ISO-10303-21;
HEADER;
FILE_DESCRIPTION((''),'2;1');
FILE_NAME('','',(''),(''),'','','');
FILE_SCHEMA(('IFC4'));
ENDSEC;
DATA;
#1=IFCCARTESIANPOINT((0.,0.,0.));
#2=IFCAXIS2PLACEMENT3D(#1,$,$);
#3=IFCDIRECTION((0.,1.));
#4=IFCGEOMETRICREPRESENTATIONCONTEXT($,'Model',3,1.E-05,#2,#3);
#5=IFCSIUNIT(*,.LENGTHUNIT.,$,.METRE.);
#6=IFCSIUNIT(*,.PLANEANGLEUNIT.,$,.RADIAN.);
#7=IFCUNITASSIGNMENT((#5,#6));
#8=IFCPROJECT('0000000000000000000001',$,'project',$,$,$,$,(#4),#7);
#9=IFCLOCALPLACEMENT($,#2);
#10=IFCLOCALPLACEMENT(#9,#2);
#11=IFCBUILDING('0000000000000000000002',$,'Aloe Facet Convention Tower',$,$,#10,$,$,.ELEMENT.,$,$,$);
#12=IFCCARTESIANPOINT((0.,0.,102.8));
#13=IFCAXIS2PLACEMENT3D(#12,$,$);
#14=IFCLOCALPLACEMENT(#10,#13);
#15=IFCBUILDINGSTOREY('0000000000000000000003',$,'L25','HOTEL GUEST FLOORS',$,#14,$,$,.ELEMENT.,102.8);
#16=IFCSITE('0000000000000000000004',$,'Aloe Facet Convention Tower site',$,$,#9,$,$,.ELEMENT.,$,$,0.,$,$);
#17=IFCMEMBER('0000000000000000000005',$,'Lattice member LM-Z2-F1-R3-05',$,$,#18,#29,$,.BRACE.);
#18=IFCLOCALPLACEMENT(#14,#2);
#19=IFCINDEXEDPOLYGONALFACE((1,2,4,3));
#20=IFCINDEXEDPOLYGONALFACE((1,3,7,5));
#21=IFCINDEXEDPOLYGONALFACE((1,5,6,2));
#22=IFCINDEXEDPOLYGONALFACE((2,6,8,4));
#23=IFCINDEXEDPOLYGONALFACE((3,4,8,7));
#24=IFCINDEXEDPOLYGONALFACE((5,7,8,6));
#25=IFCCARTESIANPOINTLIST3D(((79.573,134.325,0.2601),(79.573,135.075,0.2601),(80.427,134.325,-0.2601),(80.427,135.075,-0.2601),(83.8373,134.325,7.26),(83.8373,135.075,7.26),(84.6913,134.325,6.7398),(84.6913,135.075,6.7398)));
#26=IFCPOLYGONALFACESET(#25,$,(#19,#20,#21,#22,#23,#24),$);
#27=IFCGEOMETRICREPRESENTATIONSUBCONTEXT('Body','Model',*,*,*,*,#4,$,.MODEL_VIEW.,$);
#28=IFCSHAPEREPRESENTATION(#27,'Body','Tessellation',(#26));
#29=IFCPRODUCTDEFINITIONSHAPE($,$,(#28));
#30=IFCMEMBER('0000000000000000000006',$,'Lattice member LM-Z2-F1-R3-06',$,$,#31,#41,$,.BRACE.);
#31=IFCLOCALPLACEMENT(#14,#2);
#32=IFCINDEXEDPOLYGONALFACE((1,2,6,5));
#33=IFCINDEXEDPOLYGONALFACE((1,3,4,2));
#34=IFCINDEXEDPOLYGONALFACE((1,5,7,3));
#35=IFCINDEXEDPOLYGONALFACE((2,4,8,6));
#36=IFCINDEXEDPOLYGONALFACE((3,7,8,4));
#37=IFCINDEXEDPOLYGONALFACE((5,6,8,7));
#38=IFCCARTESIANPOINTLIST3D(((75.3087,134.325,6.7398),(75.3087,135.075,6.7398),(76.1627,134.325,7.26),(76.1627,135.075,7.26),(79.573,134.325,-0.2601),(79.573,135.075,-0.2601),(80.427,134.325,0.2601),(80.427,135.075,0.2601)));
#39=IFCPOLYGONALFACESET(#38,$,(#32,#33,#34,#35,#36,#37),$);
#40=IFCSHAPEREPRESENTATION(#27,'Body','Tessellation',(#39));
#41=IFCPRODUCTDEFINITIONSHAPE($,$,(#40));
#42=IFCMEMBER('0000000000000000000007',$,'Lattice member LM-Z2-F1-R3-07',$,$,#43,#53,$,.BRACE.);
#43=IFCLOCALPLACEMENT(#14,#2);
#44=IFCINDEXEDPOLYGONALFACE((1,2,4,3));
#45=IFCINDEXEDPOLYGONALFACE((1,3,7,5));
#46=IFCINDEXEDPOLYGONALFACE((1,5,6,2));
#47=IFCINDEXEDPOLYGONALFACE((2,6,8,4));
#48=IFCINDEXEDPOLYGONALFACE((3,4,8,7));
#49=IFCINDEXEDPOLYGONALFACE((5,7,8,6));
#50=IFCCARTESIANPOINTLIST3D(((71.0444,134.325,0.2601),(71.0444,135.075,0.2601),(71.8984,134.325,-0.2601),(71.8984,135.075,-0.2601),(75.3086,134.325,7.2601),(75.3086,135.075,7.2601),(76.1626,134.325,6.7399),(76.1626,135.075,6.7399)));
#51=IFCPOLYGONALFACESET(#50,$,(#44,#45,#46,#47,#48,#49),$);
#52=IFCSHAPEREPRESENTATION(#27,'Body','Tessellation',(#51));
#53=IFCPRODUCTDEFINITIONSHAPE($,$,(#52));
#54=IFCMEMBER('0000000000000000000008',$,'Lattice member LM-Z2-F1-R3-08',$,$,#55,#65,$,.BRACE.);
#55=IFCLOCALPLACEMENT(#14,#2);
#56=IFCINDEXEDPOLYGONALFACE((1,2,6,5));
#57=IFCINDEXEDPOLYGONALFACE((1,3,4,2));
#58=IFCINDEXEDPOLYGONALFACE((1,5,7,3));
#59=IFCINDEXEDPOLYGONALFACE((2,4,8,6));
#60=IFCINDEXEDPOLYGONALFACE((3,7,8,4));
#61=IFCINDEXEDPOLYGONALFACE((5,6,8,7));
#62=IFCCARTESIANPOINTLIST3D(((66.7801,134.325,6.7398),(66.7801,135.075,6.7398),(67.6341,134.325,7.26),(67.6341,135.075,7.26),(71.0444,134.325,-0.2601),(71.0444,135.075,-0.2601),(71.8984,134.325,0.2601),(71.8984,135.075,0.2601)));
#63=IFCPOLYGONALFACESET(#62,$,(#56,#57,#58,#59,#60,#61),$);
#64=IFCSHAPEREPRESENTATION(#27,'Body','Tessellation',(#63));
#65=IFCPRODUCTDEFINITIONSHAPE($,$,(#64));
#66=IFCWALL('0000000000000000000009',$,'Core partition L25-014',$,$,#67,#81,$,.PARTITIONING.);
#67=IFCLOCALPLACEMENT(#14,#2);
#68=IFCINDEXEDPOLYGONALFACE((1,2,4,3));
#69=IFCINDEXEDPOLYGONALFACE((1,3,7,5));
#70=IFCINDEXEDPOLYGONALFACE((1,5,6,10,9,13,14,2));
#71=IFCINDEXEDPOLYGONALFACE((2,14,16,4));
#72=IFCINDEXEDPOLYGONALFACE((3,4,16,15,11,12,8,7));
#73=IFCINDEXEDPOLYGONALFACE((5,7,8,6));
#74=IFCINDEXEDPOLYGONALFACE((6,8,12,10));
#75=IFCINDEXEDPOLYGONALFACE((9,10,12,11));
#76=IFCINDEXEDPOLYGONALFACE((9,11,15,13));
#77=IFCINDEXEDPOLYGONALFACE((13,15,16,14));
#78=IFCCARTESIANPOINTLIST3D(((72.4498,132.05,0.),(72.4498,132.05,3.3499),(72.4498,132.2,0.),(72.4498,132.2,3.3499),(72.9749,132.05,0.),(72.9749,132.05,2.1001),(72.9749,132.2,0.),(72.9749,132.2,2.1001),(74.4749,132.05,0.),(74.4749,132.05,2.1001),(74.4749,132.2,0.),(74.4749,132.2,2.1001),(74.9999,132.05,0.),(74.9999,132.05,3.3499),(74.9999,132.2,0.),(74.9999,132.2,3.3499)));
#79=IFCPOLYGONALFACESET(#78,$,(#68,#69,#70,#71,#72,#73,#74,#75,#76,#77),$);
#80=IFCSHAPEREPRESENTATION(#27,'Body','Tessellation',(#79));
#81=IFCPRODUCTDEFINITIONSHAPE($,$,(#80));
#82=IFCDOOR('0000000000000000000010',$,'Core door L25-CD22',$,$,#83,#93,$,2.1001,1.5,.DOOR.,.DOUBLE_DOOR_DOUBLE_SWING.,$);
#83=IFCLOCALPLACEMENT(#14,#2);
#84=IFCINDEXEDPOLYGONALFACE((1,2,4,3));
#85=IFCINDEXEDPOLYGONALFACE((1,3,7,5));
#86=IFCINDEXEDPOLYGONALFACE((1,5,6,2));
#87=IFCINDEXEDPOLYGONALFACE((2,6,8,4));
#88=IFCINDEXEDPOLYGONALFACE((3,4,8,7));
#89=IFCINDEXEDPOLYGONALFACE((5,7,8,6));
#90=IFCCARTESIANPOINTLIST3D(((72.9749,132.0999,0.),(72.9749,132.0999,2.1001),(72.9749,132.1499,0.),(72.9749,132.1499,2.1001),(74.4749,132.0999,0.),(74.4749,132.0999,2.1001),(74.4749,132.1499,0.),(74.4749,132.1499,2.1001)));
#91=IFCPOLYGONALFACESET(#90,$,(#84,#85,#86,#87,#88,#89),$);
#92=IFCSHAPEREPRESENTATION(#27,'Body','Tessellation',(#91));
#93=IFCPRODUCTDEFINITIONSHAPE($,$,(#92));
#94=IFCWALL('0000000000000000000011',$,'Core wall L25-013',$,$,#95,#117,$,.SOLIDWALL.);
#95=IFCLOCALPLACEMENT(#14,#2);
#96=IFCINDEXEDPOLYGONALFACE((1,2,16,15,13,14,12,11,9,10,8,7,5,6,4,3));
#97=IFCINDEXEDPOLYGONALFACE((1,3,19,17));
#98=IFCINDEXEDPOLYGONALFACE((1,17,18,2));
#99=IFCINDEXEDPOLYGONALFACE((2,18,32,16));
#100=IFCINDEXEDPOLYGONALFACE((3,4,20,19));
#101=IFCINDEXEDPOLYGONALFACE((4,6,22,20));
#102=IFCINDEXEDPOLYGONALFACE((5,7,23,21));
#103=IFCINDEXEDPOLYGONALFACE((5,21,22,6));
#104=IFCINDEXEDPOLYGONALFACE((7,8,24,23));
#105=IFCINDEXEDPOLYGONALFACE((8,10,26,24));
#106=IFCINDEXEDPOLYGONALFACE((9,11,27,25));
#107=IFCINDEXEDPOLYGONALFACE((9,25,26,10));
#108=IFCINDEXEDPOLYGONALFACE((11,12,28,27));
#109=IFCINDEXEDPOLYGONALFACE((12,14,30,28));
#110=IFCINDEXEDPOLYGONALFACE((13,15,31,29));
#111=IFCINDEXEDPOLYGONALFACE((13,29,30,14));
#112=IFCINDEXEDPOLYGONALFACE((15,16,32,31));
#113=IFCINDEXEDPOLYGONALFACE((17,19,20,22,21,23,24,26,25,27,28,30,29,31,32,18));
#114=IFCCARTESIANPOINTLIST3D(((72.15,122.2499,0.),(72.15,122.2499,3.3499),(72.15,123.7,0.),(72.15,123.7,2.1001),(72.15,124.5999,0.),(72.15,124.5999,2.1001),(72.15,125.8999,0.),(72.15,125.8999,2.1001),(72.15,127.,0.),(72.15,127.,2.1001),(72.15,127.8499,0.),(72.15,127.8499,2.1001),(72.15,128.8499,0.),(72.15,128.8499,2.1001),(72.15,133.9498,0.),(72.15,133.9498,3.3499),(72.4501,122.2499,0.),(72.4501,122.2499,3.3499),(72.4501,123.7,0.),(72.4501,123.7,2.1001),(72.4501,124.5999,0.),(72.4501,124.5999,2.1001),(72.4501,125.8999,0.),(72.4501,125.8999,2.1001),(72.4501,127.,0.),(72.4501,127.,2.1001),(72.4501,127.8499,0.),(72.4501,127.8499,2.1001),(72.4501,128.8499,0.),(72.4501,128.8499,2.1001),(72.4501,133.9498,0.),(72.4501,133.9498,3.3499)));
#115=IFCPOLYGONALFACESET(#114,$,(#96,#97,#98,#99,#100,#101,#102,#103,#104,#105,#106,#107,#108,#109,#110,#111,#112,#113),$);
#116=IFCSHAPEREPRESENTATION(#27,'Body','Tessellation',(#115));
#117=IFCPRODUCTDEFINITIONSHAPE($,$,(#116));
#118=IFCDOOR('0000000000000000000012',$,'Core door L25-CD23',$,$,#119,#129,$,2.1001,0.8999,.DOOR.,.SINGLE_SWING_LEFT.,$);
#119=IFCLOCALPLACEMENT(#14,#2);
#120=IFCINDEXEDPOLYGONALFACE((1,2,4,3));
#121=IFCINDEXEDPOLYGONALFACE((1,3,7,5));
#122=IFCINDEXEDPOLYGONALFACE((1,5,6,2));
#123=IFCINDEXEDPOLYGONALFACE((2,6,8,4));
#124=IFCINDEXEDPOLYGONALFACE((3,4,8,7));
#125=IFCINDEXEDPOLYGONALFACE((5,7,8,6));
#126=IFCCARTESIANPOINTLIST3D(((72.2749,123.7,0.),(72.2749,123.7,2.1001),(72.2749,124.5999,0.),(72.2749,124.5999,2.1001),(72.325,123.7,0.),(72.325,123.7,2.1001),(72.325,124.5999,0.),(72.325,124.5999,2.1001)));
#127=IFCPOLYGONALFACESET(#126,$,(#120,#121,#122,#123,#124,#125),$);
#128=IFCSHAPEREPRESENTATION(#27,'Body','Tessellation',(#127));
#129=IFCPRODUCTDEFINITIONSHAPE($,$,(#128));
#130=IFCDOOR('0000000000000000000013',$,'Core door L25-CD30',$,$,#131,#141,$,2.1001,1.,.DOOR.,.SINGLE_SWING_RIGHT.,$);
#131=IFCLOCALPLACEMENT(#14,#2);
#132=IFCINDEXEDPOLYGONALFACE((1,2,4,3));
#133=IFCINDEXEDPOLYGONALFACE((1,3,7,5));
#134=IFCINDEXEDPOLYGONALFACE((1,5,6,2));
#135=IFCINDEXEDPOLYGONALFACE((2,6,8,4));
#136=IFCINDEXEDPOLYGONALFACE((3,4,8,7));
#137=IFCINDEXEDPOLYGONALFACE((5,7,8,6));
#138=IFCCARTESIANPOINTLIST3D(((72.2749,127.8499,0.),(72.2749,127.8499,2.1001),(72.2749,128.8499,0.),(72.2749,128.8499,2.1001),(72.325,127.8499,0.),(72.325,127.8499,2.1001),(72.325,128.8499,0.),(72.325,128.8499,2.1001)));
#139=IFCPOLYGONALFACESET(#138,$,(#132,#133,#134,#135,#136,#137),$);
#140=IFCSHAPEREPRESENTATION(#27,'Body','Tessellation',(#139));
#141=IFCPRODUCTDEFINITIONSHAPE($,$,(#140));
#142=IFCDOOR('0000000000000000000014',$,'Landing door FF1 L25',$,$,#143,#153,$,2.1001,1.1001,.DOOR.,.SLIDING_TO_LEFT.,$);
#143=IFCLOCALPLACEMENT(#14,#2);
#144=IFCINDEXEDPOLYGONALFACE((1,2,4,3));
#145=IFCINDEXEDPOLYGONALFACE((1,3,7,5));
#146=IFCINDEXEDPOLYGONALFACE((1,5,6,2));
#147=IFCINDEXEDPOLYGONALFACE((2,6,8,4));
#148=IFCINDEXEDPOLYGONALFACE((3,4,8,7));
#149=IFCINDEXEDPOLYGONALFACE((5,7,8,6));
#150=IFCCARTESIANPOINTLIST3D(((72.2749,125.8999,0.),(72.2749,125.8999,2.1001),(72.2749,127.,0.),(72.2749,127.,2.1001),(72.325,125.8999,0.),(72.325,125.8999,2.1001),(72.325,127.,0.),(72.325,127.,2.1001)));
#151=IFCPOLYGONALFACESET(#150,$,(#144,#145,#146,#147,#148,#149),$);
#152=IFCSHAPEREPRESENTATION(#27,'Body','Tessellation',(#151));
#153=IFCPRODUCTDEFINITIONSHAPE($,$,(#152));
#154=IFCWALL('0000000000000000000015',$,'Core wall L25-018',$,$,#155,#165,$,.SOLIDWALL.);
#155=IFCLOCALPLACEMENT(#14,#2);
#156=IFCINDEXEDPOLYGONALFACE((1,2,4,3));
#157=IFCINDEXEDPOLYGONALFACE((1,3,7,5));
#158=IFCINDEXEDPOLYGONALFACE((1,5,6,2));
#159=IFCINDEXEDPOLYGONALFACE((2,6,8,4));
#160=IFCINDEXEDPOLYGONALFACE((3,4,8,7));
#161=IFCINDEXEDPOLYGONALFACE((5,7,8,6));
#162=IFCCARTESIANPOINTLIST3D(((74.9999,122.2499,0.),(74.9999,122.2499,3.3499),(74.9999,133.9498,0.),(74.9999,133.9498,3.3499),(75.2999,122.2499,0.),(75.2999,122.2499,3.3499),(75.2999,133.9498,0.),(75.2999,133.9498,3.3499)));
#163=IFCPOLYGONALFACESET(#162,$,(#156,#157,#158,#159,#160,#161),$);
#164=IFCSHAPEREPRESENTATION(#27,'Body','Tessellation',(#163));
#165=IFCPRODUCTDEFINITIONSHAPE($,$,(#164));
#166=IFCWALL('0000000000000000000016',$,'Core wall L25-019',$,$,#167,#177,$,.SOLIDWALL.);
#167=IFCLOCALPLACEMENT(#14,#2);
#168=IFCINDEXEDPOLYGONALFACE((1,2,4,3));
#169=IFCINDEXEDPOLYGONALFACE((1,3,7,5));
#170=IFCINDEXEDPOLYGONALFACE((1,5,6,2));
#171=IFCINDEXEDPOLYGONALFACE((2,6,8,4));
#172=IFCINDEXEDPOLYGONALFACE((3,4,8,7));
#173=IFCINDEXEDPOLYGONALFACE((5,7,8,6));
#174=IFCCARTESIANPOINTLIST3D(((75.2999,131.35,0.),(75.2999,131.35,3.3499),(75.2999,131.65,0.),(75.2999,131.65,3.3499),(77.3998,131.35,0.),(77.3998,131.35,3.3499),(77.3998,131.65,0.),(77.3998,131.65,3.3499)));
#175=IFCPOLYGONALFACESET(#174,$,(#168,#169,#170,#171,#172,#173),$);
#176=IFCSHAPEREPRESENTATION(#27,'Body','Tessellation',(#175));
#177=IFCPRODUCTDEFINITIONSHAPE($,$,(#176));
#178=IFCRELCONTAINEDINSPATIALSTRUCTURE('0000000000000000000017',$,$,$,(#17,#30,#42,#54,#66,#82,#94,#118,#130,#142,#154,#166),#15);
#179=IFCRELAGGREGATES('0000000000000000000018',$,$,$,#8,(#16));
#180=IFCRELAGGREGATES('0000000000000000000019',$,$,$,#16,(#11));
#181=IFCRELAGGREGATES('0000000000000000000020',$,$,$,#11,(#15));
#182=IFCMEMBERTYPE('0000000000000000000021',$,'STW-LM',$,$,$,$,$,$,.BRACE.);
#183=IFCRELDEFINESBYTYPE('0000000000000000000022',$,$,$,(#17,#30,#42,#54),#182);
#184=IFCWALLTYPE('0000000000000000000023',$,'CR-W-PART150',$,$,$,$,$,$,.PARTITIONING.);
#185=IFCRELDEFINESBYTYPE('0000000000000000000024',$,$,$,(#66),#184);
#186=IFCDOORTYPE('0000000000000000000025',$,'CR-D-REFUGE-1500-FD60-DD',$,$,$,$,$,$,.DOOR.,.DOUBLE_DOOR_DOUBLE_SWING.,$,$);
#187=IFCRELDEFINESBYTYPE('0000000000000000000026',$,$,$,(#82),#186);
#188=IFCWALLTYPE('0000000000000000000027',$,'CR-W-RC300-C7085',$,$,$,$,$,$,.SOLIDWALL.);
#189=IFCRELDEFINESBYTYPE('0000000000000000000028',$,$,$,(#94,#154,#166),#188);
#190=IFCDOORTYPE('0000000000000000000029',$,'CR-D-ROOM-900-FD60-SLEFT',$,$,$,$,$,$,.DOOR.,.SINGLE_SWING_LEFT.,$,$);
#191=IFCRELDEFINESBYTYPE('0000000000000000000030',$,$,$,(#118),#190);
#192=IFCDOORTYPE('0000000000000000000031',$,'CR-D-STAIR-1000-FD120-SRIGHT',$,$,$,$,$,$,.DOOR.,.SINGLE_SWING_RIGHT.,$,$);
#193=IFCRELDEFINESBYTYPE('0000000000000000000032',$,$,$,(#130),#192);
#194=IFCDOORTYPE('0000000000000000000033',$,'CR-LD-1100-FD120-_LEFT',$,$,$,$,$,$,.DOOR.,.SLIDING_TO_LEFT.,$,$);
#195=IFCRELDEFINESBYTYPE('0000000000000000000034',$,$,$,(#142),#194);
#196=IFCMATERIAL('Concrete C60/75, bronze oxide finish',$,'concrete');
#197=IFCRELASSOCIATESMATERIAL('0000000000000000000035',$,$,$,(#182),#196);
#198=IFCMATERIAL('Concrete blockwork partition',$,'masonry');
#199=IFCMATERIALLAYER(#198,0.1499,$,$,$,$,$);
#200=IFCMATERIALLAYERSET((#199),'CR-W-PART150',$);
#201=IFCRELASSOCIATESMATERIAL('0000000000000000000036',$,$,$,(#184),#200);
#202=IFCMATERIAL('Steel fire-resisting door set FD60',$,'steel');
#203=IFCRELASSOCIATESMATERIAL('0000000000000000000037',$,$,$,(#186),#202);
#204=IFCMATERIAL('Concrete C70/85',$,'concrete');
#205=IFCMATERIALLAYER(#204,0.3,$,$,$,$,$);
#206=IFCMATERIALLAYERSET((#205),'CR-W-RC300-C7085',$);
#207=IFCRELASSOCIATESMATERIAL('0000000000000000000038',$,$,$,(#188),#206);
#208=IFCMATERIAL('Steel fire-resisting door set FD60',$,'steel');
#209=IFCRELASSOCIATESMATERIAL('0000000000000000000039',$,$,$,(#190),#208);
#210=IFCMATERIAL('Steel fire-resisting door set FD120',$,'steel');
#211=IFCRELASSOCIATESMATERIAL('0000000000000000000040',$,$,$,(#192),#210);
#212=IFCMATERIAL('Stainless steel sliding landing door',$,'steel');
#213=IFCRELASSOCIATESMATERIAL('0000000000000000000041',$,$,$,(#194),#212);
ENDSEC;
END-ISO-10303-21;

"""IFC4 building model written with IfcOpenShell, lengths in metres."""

from ifc_helpers import new_model, si_unit, direction, frame, frame_2d, origin, origin_2d, place, context, subcontext, project, spatial, rectangle, extrude, material, layer, layer_set, material_profile, profile_set, type_object, element, fill, save


model = new_model("IFC4")

# Units and contexts
model_context = context("Model", 3, precision=1e-05, world=origin(), true_north=direction((0.0, 1.0)))
body_context = subcontext(model_context, "Body", "Model", "MODEL_VIEW")
ifc_project = project(units=[si_unit("LENGTHUNIT", "METRE"), si_unit("PLANEANGLEUNIT", "RADIAN")], contexts=[model_context])

# Site, building, storey
site_placement = place(None, origin())
site = spatial("IfcSite", under=ifc_project, at=site_placement, Name="Aloe Facet Convention Tower site", CompositionType="ELEMENT", RefElevation=0.0)
building_placement = place(site_placement, origin())
building = spatial("IfcBuilding", under=site, at=building_placement, Name="Aloe Facet Convention Tower", CompositionType="ELEMENT")
storey_placement = place(building_placement, frame((0.0, 0.0, 102.8)))
storey = spatial("IfcBuildingStorey", under=building, at=storey_placement, Name="L25", Description="HOTEL GUEST FLOORS", CompositionType="ELEMENT", Elevation=102.8)

# Members
ifc_material_1 = material(Name="Concrete C60/75, bronze oxide finish", Category="concrete")
ifc_material_profile = material_profile(ifc_material_1, rectangle(XDim=0.75, YDim=1.0, at=origin_2d()), Name="STW-LM")
ifc_profile_set = profile_set([ifc_material_profile], Name="Concrete C60/75, bronze oxide finish")
member_type = type_object("IfcMemberType", Name="STW-LM", PredefinedType="BRACE", material=ifc_profile_set)
for number, where, z_axis, x_axis, name in (
    (1, (80.0, 134.7, 0.0), (0.520262, 0.0, 0.854007), (0.0, 1.0, 0.0), "Lattice member LM-Z2-F1-R3-05"),
    (2, (80.0, 134.7, 0.0), (-0.520262, 0.0, 0.854007), (0.0, -1.0, 0.0), "Lattice member LM-Z2-F1-R3-06"),
    (3, (71.4714, 134.7, 0.0), (0.52024, 0.0, 0.85402), (0.0, 1.0, 0.0), "Lattice member LM-Z2-F1-R3-07"),
    (4, (71.4714, 134.7, 0.0), (-0.520262, 0.0, 0.854007), (0.0, -1.0, 0.0), "Lattice member LM-Z2-F1-R3-08"),
):
    element("IfcMember", number, at=place(storey_placement, frame(where, z_axis=z_axis, x_axis=x_axis)), inside=storey, type_object=member_type, Name=name, PredefinedType="BRACE", context=body_context, shape_type="SweptSolid", body=[
        extrude(rectangle(XDim=0.75, YDim=1.0, at=origin_2d()), origin(), (0.0, 0.0, 1.0), 8.1965),
    ])

# Wall, opening, door
ifc_material_2 = material(Name="Concrete blockwork partition", Category="masonry")
ifc_layer_1 = layer(ifc_material_2, 0.1499)
ifc_layer_set_1 = layer_set([ifc_layer_1], Name="CR-W-PART150")
wall_type_1 = type_object("IfcWallType", Name="CR-W-PART150", PredefinedType="PARTITIONING", material=ifc_layer_set_1)
wall_1_placement = place(storey_placement, frame((72.45, 132.125, 0.0), z_axis=(0.0, 0.0, 1.0), x_axis=(1.0, 0.0, 0.0)))
wall_1 = element("IfcWall", 5, at=wall_1_placement, inside=storey, type_object=wall_type_1, Name="Core partition L25-014", PredefinedType="PARTITIONING", context=body_context, shape_type="SweptSolid", body=[
    extrude(rectangle(XDim=2.55, YDim=0.1499, at=frame_2d((1.2749, 0.0))), origin(), (0.0, 0.0, 1.0), 3.3499),
])
opening_1_placement = place(wall_1_placement, frame((0.5249, 0.0, 0.0)))
opening_1 = element("IfcOpeningElement", 6, at=opening_1_placement, cuts=wall_1, PredefinedType="OPENING", context=body_context, shape_type="SweptSolid", body=[
    extrude(rectangle(XDim=1.5, YDim=2.1001, at=frame_2d((0.75, 1.05))), frame((0.0, 0.085, 0.0), z_axis=(0.0, -1.0, 0.0), x_axis=(1.0, 0.0, 0.0)), (0.0, 0.0, 1.0), 0.1699),
])
ifc_material_3 = material(Name="Steel fire-resisting door set FD60", Category="steel")
door_type_1 = type_object("IfcDoorType", Name="CR-D-REFUGE-1500-FD60-DD", OperationType="DOUBLE_DOOR_DOUBLE_SWING", PredefinedType="DOOR", material=ifc_material_3)
door_1_placement = place(opening_1_placement, origin())
door_1 = element("IfcDoor", 7, at=door_1_placement, inside=storey, type_object=door_type_1, Name="Core door L25-CD22", OperationType="DOUBLE_DOOR_DOUBLE_SWING", OverallHeight=2.1001, OverallWidth=1.5, PredefinedType="DOOR", context=body_context, shape_type="SweptSolid", body=[
    extrude(rectangle(XDim=1.5, YDim=2.1001, at=frame_2d((0.75, 1.05))), frame((0.0, 0.0249, 0.0), z_axis=(0.0, -1.0, 0.0), x_axis=(1.0, 0.0, 0.0)), (0.0, 0.0, 1.0), 0.05),
])
fill(opening_1, door_1)

# Wall, openings, doors
ifc_material_4 = material(Name="Concrete C70/85", Category="concrete")
ifc_layer_2 = layer(ifc_material_4, 0.3)
ifc_layer_set_2 = layer_set([ifc_layer_2], Name="CR-W-RC300-C7085")
wall_type_2 = type_object("IfcWallType", Name="CR-W-RC300-C7085", PredefinedType="SOLIDWALL", material=ifc_layer_set_2)
wall_2_placement = place(storey_placement, frame((72.3, 133.95, 0.0), z_axis=(0.0, 0.0, 1.0), x_axis=(0.0, -1.0, 0.0)))
wall_2 = element("IfcWall", 8, at=wall_2_placement, inside=storey, type_object=wall_type_2, Name="Core wall L25-013", PredefinedType="SOLIDWALL", context=body_context, shape_type="SweptSolid", body=[
    extrude(rectangle(XDim=11.7, YDim=0.3, at=frame_2d((5.8501, 0.0))), origin(), (0.0, 0.0, 1.0), 3.3499),
])
opening_2_placement = place(wall_2_placement, frame((6.95, 0.0, 0.0)))
opening_2 = element("IfcOpeningElement", 9, at=opening_2_placement, cuts=wall_2, PredefinedType="OPENING", context=body_context, shape_type="SweptSolid", body=[
    extrude(rectangle(XDim=1.1001, YDim=2.1001, at=frame_2d((0.55, 1.05))), frame((0.0, 0.1602, 0.0), z_axis=(0.0, -1.0, 0.0), x_axis=(1.0, 0.0, 0.0)), (0.0, 0.0, 1.0), 0.3201),
])
opening_3_placement = place(wall_2_placement, frame((9.3501, 0.0, 0.0)))
opening_3 = element("IfcOpeningElement", 10, at=opening_3_placement, cuts=wall_2, PredefinedType="OPENING", context=body_context, shape_type="SweptSolid", body=[
    extrude(rectangle(XDim=0.8999, YDim=2.1001, at=frame_2d((0.45, 1.05))), frame((0.0, 0.1602, 0.0), z_axis=(0.0, -1.0, 0.0), x_axis=(1.0, 0.0, 0.0)), (0.0, 0.0, 1.0), 0.3201),
])
opening_4_placement = place(wall_2_placement, frame((5.1001, 0.0, 0.0)))
opening_4 = element("IfcOpeningElement", 11, at=opening_4_placement, cuts=wall_2, PredefinedType="OPENING", context=body_context, shape_type="SweptSolid", body=[
    extrude(rectangle(XDim=1.0, YDim=2.1001, at=frame_2d((0.5, 1.05))), frame((0.0, 0.1602, 0.0), z_axis=(0.0, -1.0, 0.0), x_axis=(1.0, 0.0, 0.0)), (0.0, 0.0, 1.0), 0.3201),
])
ifc_material_5 = material(Name="Steel fire-resisting door set FD60", Category="steel")
door_type_2 = type_object("IfcDoorType", Name="CR-D-ROOM-900-FD60-SLEFT", OperationType="SINGLE_SWING_LEFT", PredefinedType="DOOR", material=ifc_material_5)
door_2_placement = place(opening_3_placement, origin())
door_2 = element("IfcDoor", 12, at=door_2_placement, inside=storey, type_object=door_type_2, Name="Core door L25-CD23", OperationType="SINGLE_SWING_LEFT", OverallHeight=2.1001, OverallWidth=0.8999, PredefinedType="DOOR", context=body_context, shape_type="SweptSolid", body=[
    extrude(rectangle(XDim=0.8999, YDim=2.1001, at=frame_2d((0.45, 1.05))), frame((0.0, 0.0249, 0.0), z_axis=(0.0, -1.0, 0.0), x_axis=(1.0, 0.0, 0.0)), (0.0, 0.0, 1.0), 0.05),
])
fill(opening_3, door_2)
ifc_material_6 = material(Name="Steel fire-resisting door set FD120", Category="steel")
door_type_3 = type_object("IfcDoorType", Name="CR-D-STAIR-1000-FD120-SRIGHT", OperationType="SINGLE_SWING_RIGHT", PredefinedType="DOOR", material=ifc_material_6)
door_3_placement = place(opening_4_placement, origin())
door_3 = element("IfcDoor", 13, at=door_3_placement, inside=storey, type_object=door_type_3, Name="Core door L25-CD30", OperationType="SINGLE_SWING_RIGHT", OverallHeight=2.1001, OverallWidth=1.0, PredefinedType="DOOR", context=body_context, shape_type="SweptSolid", body=[
    extrude(rectangle(XDim=1.0, YDim=2.1001, at=frame_2d((0.5, 1.05))), frame((0.0, 0.0249, 0.0), z_axis=(0.0, -1.0, 0.0), x_axis=(1.0, 0.0, 0.0)), (0.0, 0.0, 1.0), 0.05),
])
fill(opening_4, door_3)
ifc_material_7 = material(Name="Stainless steel sliding landing door", Category="steel")
door_type_4 = type_object("IfcDoorType", Name="CR-LD-1100-FD120-_LEFT", OperationType="SLIDING_TO_LEFT", PredefinedType="DOOR", material=ifc_material_7)
door_4_placement = place(opening_2_placement, origin())
door_4 = element("IfcDoor", 14, at=door_4_placement, inside=storey, type_object=door_type_4, Name="Landing door FF1 L25", OperationType="SLIDING_TO_LEFT", OverallHeight=2.1001, OverallWidth=1.1001, PredefinedType="DOOR", context=body_context, shape_type="SweptSolid", body=[
    extrude(rectangle(XDim=1.1001, YDim=2.1001, at=frame_2d((0.55, 1.05))), frame((0.0, 0.0249, 0.0), z_axis=(0.0, -1.0, 0.0), x_axis=(1.0, 0.0, 0.0)), (0.0, 0.0, 1.0), 0.05),
])
fill(opening_2, door_4)

# Walls
wall_3_placement = place(storey_placement, frame((75.1499, 133.95, 0.0), z_axis=(0.0, 0.0, 1.0), x_axis=(0.0, -1.0, 0.0)))
element("IfcWall", 15, at=wall_3_placement, inside=storey, type_object=wall_type_2, Name="Core wall L25-018", PredefinedType="SOLIDWALL", context=body_context, shape_type="SweptSolid", body=[
    extrude(rectangle(XDim=11.7, YDim=0.3, at=frame_2d((5.8501, 0.0))), origin(), (0.0, 0.0, 1.0), 3.3499),
])
wall_4_placement = place(storey_placement, frame((75.3, 131.5, 0.0), z_axis=(0.0, 0.0, 1.0), x_axis=(1.0, 0.0, 0.0)))
element("IfcWall", 16, at=wall_4_placement, inside=storey, type_object=wall_type_2, Name="Core wall L25-019", PredefinedType="SOLIDWALL", context=body_context, shape_type="SweptSolid", body=[
    extrude(rectangle(XDim=2.0999, YDim=0.3, at=frame_2d((1.0498, 0.0))), origin(), (0.0, 0.0, 1.0), 3.3499),
])

save(model, "model.ifc")
